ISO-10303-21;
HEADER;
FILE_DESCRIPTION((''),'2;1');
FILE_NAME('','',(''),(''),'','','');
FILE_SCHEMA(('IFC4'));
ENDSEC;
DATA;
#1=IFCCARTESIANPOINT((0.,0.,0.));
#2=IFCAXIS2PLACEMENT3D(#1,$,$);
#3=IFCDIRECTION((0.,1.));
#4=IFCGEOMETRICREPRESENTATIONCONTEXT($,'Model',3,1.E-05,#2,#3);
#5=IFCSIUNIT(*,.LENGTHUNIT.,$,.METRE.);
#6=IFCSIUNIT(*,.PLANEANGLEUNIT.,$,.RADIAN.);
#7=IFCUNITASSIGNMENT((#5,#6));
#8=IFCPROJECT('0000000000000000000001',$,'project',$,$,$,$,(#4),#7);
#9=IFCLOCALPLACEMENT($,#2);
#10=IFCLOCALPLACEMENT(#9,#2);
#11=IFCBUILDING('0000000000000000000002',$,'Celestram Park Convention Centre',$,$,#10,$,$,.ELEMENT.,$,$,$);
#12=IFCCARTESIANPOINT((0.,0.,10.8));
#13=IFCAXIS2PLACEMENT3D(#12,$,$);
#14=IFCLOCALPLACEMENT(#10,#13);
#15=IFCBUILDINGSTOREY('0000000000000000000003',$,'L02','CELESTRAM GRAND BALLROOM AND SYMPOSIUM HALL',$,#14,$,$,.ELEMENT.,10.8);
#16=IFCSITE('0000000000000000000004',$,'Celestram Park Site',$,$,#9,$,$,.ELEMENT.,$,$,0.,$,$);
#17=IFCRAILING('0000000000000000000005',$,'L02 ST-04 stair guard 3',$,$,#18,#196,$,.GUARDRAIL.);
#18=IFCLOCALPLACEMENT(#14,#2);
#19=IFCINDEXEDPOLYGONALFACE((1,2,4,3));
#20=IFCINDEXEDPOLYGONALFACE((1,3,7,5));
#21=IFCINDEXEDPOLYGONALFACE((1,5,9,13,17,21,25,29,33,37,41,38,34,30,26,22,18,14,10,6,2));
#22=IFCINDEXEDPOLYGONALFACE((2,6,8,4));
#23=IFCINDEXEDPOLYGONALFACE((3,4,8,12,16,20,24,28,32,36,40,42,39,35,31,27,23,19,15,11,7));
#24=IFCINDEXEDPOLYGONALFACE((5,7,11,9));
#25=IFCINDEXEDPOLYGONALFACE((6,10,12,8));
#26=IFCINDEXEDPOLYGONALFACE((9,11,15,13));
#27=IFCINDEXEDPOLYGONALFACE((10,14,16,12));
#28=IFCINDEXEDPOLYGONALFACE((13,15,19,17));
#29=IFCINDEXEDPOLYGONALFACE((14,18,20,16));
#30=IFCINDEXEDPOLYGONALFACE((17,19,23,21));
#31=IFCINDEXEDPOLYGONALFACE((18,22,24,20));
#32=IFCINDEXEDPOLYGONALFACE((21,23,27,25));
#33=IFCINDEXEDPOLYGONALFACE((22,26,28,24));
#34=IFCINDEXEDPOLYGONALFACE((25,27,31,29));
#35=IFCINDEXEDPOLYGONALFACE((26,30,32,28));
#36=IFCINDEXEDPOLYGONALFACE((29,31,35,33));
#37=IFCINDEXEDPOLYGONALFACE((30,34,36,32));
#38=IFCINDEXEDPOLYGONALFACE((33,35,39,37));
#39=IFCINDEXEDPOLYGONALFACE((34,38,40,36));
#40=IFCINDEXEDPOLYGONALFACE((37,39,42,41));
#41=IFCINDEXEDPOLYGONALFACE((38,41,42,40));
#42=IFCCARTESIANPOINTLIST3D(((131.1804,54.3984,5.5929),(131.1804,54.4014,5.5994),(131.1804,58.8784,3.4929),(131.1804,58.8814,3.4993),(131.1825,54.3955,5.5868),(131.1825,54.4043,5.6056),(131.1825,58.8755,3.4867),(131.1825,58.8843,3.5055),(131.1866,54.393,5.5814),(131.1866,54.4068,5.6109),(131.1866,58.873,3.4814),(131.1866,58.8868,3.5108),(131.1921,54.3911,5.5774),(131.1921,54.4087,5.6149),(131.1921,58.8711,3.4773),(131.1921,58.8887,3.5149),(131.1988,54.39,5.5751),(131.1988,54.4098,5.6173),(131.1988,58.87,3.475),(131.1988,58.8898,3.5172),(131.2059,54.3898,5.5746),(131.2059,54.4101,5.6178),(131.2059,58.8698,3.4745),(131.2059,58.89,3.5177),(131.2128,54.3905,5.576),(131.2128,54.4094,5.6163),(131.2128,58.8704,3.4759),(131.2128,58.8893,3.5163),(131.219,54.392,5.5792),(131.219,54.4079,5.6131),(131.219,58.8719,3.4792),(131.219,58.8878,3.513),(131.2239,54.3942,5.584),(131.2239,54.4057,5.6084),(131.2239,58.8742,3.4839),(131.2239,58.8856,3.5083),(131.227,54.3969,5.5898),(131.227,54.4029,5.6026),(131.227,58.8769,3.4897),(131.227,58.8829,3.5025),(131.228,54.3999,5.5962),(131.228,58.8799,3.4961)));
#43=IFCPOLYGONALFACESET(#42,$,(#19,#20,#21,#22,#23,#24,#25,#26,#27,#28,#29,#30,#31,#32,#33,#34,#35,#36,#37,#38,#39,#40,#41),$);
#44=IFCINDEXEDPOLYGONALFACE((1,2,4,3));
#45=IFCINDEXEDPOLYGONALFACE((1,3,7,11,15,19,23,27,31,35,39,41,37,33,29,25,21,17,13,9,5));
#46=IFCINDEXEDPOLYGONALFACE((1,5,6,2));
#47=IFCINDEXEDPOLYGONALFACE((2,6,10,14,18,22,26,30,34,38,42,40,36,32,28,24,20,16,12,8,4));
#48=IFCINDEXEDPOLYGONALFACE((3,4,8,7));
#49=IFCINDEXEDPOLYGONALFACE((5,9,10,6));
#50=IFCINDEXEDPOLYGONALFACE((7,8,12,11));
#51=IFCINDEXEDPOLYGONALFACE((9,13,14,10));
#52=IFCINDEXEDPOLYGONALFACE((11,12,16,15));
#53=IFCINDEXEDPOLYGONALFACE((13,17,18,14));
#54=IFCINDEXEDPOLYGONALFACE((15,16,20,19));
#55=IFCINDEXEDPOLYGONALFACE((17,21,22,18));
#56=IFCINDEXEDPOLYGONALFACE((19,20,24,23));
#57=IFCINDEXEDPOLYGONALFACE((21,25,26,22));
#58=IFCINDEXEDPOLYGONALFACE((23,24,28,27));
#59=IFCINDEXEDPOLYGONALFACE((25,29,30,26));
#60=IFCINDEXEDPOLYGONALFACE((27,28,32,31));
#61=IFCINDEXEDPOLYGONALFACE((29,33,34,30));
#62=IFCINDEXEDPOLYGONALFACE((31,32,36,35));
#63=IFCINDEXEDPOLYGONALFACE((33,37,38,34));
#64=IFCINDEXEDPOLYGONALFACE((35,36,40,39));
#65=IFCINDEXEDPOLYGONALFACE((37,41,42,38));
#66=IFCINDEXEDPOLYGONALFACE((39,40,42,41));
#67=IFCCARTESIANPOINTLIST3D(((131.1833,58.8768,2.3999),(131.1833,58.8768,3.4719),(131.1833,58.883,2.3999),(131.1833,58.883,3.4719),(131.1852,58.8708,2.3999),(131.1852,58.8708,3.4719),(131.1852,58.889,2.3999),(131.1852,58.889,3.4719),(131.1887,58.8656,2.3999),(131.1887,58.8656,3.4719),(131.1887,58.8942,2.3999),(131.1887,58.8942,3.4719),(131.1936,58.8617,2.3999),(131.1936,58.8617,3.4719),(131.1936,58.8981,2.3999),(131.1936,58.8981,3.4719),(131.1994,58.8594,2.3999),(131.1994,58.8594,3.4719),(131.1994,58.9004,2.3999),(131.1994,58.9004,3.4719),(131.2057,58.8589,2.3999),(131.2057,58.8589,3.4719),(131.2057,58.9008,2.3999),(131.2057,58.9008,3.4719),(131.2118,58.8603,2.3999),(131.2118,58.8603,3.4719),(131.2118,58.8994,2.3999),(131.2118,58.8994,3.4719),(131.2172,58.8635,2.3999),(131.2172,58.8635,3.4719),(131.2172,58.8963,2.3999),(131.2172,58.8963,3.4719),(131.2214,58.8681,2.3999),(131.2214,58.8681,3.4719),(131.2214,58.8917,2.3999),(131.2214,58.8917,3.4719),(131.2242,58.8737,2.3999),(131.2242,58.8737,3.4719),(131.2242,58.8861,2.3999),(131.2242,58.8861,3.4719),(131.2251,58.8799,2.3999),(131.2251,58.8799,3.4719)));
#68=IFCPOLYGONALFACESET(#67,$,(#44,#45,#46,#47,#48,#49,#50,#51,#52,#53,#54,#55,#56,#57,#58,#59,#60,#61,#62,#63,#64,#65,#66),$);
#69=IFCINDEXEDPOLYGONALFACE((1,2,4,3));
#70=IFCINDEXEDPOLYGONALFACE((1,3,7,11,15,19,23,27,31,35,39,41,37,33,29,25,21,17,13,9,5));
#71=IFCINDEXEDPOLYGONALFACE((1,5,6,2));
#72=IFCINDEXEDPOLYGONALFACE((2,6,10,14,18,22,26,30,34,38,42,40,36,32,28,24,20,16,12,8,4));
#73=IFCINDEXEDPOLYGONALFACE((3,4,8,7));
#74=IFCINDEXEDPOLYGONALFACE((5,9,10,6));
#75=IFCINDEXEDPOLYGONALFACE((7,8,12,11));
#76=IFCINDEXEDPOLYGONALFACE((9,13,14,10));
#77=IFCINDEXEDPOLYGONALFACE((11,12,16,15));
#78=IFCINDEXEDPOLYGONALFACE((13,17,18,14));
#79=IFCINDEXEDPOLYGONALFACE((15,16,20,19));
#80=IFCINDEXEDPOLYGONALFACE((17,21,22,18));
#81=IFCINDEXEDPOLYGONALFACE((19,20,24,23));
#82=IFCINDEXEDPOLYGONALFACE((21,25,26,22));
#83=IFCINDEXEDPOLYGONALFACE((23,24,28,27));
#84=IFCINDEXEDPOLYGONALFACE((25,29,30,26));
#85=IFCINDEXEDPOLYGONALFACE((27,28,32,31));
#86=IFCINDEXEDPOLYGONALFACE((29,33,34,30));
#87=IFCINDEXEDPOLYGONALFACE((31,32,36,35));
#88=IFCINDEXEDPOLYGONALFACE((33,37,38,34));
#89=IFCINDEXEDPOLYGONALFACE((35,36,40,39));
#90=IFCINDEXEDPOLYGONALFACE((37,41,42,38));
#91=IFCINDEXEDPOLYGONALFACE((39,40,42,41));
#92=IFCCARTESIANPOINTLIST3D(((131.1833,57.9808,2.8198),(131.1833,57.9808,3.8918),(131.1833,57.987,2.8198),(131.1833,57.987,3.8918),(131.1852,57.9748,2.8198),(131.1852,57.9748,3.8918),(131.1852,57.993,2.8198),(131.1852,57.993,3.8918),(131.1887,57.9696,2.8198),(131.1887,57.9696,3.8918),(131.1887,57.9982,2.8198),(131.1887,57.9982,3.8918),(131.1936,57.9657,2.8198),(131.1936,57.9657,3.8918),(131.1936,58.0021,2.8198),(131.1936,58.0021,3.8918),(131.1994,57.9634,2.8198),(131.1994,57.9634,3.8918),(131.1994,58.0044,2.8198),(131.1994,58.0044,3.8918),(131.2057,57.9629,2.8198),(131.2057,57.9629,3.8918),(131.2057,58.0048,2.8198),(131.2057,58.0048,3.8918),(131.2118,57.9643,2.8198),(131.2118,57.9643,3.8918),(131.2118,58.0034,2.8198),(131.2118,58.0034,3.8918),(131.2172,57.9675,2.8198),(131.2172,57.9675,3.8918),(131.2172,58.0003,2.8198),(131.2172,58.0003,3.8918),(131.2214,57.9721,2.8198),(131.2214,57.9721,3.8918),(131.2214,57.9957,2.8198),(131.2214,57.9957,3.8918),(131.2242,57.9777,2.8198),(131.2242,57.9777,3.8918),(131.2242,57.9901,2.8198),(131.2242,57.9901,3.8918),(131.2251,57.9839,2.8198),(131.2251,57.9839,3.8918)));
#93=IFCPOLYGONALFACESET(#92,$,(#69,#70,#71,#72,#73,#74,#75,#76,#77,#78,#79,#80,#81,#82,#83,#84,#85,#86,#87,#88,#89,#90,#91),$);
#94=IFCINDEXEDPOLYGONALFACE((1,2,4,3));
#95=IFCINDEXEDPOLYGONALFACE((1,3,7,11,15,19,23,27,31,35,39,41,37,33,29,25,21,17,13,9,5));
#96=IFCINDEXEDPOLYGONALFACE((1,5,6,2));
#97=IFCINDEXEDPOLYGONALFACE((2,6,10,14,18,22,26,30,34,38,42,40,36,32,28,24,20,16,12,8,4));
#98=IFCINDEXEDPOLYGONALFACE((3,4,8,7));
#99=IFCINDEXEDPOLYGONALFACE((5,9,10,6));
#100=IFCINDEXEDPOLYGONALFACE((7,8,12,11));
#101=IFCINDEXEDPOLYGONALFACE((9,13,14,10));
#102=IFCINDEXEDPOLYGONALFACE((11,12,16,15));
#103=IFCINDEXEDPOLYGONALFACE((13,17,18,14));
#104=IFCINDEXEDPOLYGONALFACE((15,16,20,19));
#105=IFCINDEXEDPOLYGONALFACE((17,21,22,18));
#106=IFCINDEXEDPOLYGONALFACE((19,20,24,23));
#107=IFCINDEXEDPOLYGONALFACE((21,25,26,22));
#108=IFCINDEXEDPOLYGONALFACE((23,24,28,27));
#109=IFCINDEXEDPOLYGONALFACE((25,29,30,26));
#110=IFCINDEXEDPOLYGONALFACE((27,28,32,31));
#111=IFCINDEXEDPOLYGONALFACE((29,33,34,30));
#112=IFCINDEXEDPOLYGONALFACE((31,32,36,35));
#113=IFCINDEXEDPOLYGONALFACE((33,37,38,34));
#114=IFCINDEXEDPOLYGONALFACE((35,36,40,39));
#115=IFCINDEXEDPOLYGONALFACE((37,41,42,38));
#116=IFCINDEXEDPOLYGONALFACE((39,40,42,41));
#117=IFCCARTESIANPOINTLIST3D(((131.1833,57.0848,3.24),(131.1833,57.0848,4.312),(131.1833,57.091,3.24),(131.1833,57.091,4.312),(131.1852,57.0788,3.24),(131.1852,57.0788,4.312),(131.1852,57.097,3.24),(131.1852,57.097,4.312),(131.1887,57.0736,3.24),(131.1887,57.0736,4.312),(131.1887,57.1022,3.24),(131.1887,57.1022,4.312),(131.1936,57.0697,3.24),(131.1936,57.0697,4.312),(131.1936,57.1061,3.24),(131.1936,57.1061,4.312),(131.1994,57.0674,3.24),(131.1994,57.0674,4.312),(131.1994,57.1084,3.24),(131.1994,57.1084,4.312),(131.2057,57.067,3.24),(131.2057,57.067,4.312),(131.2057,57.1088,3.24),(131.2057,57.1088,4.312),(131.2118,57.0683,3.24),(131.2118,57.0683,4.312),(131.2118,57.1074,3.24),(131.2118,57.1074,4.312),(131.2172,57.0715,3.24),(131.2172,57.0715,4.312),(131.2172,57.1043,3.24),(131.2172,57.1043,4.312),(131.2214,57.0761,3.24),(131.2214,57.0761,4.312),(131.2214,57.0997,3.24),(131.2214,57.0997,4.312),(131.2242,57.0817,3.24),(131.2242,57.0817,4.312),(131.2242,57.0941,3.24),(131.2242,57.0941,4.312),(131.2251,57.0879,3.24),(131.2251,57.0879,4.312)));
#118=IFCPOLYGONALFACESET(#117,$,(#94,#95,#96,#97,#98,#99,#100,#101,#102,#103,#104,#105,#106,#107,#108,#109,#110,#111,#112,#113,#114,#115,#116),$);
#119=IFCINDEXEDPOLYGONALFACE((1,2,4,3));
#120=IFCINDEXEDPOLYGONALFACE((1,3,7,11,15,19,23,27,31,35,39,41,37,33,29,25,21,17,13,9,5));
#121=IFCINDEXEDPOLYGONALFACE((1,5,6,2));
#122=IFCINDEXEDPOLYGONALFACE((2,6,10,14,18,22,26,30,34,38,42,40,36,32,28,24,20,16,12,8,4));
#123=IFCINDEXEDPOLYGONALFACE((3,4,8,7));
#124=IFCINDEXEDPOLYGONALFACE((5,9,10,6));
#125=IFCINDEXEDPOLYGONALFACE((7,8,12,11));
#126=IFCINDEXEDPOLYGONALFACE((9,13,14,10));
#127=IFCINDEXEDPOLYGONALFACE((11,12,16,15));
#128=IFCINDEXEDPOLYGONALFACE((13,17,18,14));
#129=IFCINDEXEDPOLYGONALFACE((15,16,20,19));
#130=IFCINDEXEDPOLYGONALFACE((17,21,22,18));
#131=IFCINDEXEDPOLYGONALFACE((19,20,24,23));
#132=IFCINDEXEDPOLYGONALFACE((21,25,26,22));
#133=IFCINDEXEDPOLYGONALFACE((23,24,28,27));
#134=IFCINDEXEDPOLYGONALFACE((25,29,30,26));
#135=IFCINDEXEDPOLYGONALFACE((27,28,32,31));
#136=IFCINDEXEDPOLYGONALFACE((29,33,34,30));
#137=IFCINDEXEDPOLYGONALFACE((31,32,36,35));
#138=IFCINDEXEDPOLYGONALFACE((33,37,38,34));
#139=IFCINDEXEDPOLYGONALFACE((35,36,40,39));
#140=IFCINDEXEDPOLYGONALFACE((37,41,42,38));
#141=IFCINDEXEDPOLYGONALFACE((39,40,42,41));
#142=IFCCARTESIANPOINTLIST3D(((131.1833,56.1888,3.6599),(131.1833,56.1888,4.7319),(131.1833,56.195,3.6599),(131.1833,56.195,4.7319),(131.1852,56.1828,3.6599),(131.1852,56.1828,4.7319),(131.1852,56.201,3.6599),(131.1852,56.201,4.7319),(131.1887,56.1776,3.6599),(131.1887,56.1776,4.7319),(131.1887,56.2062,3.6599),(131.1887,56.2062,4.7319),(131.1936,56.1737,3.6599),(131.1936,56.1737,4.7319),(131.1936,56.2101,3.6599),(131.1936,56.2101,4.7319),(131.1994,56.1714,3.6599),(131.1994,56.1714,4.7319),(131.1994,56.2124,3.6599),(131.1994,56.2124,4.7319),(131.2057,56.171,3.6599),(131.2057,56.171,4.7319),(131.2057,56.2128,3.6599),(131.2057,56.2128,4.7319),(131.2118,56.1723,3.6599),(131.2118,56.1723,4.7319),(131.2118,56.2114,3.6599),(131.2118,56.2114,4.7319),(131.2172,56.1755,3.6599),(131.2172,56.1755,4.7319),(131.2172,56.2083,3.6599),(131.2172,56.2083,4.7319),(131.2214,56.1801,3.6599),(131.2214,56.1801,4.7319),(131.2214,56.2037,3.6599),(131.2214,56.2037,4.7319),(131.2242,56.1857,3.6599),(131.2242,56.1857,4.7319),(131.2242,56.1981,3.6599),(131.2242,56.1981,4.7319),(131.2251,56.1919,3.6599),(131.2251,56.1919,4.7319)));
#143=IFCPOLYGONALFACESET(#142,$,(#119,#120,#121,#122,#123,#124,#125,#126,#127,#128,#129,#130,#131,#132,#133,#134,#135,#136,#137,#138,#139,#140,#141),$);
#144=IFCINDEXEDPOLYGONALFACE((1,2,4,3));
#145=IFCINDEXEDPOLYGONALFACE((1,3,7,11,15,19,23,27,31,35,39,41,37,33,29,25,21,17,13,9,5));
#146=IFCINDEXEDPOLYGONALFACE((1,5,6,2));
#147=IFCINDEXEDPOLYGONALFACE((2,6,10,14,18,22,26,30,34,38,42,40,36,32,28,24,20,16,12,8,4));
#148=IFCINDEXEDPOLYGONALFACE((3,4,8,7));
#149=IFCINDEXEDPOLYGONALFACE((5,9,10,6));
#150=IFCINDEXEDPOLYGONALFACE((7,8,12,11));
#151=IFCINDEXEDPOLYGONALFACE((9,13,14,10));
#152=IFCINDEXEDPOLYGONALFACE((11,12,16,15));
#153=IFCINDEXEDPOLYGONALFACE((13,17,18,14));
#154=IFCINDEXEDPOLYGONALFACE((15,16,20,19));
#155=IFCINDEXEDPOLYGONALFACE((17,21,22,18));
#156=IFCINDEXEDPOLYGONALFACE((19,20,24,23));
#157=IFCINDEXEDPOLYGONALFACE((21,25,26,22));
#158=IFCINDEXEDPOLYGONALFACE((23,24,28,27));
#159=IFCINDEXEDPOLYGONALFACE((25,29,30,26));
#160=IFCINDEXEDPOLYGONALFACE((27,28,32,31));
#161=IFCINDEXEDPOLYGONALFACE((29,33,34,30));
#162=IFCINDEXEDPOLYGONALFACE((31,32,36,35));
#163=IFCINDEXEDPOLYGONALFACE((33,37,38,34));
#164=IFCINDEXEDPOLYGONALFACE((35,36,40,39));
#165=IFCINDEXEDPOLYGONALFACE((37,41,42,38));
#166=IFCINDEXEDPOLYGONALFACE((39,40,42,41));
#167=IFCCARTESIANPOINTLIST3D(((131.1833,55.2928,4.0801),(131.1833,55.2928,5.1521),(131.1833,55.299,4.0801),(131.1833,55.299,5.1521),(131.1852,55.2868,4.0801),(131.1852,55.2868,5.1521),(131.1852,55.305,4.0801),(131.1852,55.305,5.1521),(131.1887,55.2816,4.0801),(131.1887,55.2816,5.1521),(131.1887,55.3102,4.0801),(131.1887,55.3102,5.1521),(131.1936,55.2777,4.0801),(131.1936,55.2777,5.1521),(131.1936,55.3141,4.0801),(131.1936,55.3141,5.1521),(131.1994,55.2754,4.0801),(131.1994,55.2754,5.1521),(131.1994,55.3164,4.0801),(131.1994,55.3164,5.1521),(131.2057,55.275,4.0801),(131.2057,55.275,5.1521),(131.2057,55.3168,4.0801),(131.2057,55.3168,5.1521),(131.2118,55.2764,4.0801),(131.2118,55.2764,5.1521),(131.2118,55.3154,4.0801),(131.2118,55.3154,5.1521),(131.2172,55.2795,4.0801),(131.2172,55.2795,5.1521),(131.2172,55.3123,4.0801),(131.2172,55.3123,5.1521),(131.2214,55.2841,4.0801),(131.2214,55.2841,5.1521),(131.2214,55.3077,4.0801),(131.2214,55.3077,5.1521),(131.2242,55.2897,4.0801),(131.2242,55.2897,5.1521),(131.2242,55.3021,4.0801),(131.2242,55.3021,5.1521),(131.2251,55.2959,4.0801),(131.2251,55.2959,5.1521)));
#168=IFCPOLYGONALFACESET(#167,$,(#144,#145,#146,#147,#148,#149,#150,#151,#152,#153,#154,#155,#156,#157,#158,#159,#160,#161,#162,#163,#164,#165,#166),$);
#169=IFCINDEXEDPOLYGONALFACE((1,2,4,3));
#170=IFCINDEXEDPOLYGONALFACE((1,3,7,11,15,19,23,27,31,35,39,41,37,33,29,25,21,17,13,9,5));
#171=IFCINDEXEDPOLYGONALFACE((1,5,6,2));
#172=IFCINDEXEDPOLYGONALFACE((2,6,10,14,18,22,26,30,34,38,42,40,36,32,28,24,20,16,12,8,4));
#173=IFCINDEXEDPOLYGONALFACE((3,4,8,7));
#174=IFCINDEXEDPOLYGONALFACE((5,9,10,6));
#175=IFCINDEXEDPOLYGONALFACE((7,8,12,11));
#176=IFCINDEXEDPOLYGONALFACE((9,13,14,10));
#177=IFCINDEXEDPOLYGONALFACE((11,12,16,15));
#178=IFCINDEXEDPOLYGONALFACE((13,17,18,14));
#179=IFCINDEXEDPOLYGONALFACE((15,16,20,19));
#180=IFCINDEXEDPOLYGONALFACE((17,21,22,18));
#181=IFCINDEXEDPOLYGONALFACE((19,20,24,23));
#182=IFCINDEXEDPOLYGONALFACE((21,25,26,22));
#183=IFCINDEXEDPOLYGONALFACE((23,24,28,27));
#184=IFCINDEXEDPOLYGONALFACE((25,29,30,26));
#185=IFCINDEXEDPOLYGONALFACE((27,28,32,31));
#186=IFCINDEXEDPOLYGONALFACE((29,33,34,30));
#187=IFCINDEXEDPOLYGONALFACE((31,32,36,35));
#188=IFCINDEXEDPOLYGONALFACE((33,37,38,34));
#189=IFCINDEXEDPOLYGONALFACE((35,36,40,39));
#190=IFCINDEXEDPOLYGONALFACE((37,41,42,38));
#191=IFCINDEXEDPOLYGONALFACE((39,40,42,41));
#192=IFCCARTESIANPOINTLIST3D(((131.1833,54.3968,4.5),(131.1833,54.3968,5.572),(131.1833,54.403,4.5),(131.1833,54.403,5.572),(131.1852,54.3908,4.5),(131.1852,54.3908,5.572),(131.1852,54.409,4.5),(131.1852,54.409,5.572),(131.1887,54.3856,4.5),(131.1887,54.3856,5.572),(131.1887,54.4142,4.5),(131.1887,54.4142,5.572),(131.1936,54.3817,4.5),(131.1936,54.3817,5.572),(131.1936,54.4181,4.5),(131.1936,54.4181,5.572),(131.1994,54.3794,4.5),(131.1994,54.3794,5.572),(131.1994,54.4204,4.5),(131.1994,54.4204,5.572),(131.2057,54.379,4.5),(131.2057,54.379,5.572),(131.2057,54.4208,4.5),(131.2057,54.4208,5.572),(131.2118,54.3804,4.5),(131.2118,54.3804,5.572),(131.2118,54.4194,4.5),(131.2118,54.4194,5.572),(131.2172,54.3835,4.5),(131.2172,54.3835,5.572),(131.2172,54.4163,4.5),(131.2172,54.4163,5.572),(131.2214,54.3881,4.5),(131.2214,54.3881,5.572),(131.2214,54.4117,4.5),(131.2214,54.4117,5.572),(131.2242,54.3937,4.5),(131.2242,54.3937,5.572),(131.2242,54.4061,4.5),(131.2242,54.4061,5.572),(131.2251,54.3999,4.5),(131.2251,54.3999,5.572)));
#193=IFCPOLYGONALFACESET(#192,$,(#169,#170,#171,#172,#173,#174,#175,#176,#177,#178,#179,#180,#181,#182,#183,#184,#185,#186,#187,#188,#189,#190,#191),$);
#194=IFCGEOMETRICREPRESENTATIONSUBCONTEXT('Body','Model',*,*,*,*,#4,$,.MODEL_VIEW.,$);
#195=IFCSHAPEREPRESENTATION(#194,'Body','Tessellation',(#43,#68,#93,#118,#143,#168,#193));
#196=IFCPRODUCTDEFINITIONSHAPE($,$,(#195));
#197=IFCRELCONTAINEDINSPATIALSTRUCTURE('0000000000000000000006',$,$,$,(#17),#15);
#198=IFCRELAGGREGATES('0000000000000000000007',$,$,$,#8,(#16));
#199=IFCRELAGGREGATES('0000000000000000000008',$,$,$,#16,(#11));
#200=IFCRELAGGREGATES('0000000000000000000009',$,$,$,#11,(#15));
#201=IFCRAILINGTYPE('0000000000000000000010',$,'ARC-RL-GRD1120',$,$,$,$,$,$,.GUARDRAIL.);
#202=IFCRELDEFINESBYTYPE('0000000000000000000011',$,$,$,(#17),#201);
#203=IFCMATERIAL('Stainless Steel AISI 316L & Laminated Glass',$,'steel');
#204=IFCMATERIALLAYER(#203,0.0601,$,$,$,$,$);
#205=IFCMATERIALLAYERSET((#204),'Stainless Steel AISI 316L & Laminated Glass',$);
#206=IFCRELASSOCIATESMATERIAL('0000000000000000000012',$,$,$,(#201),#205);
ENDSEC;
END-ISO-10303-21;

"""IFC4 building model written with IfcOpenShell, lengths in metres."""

from ifc_helpers import new_model, si_unit, direction, frame, origin, origin_2d, place, context, subcontext, project, spatial, circle, extrude, material, layer, layer_set, type_object, element, save


model = new_model("IFC4")

# Units and contexts
model_context = context("Model", 3, precision=1e-05, world=origin(), true_north=direction((0.0, 1.0)))
body_context = subcontext(model_context, "Body", "Model", "MODEL_VIEW")
ifc_project = project(units=[si_unit("LENGTHUNIT", "METRE"), si_unit("PLANEANGLEUNIT", "RADIAN")], contexts=[model_context])

# Site, building, storey
site_placement = place(None, origin())
site = spatial("IfcSite", under=ifc_project, at=site_placement, Name="Celestram Park Site", CompositionType="ELEMENT", RefElevation=0.0)
building_placement = place(site_placement, origin())
building = spatial("IfcBuilding", under=site, at=building_placement, Name="Celestram Park Convention Centre", CompositionType="ELEMENT")
storey_placement = place(building_placement, frame((0.0, 0.0, 10.8)))
storey = spatial("IfcBuildingStorey", under=building, at=storey_placement, Name="L02", Description="CELESTRAM GRAND BALLROOM AND SYMPOSIUM HALL", CompositionType="ELEMENT", Elevation=10.8)

# Railing
ifc_material_1 = material(Name="Stainless Steel AISI 316L & Laminated Glass", Category="steel")
ifc_layer_1 = layer(ifc_material_1, 0.0601)
ifc_layer_set_1 = layer_set([ifc_layer_1], Name="Stainless Steel AISI 316L & Laminated Glass")
railing_type_1 = type_object("IfcRailingType", Name="ARC-RL-GRD1120", PredefinedType="GUARDRAIL", material=ifc_layer_set_1)
railing_1_placement = place(storey_placement, frame((131.2041, 58.8799, 2.3999)))
element("IfcRailing", 1, at=railing_1_placement, inside=storey, type_object=railing_type_1, Name="L02 ST-04 stair guard 3", PredefinedType="GUARDRAIL", context=body_context, shape_type="SweptSolid", body=[
    extrude(circle(Radius=0.0239, at=origin_2d()), frame((0.0, 0.0, 1.0962), z_axis=(0.0, -0.905451, 0.424452), x_axis=(1.0, 0.0, 0.0)), (0.0, 0.0, 1.0), 4.9478),
    extrude(circle(Radius=0.021, at=origin_2d()), origin(), (0.0, 0.0, 1.0), 1.072),
    extrude(circle(Radius=0.021, at=origin_2d()), frame((0.0, -0.896, 0.4199)), (0.0, 0.0, 1.0), 1.072),
    extrude(circle(Radius=0.021, at=origin_2d()), frame((0.0, -1.792, 0.8401)), (0.0, 0.0, 1.0), 1.072),
    extrude(circle(Radius=0.021, at=origin_2d()), frame((0.0, -2.688, 1.26)), (0.0, 0.0, 1.0), 1.072),
    extrude(circle(Radius=0.021, at=origin_2d()), frame((0.0, -3.584, 1.6802)), (0.0, 0.0, 1.0), 1.072),
    extrude(circle(Radius=0.021, at=origin_2d()), frame((0.0, -4.48, 2.1001)), (0.0, 0.0, 1.0), 1.072),
])

save(model, "model.ifc")
